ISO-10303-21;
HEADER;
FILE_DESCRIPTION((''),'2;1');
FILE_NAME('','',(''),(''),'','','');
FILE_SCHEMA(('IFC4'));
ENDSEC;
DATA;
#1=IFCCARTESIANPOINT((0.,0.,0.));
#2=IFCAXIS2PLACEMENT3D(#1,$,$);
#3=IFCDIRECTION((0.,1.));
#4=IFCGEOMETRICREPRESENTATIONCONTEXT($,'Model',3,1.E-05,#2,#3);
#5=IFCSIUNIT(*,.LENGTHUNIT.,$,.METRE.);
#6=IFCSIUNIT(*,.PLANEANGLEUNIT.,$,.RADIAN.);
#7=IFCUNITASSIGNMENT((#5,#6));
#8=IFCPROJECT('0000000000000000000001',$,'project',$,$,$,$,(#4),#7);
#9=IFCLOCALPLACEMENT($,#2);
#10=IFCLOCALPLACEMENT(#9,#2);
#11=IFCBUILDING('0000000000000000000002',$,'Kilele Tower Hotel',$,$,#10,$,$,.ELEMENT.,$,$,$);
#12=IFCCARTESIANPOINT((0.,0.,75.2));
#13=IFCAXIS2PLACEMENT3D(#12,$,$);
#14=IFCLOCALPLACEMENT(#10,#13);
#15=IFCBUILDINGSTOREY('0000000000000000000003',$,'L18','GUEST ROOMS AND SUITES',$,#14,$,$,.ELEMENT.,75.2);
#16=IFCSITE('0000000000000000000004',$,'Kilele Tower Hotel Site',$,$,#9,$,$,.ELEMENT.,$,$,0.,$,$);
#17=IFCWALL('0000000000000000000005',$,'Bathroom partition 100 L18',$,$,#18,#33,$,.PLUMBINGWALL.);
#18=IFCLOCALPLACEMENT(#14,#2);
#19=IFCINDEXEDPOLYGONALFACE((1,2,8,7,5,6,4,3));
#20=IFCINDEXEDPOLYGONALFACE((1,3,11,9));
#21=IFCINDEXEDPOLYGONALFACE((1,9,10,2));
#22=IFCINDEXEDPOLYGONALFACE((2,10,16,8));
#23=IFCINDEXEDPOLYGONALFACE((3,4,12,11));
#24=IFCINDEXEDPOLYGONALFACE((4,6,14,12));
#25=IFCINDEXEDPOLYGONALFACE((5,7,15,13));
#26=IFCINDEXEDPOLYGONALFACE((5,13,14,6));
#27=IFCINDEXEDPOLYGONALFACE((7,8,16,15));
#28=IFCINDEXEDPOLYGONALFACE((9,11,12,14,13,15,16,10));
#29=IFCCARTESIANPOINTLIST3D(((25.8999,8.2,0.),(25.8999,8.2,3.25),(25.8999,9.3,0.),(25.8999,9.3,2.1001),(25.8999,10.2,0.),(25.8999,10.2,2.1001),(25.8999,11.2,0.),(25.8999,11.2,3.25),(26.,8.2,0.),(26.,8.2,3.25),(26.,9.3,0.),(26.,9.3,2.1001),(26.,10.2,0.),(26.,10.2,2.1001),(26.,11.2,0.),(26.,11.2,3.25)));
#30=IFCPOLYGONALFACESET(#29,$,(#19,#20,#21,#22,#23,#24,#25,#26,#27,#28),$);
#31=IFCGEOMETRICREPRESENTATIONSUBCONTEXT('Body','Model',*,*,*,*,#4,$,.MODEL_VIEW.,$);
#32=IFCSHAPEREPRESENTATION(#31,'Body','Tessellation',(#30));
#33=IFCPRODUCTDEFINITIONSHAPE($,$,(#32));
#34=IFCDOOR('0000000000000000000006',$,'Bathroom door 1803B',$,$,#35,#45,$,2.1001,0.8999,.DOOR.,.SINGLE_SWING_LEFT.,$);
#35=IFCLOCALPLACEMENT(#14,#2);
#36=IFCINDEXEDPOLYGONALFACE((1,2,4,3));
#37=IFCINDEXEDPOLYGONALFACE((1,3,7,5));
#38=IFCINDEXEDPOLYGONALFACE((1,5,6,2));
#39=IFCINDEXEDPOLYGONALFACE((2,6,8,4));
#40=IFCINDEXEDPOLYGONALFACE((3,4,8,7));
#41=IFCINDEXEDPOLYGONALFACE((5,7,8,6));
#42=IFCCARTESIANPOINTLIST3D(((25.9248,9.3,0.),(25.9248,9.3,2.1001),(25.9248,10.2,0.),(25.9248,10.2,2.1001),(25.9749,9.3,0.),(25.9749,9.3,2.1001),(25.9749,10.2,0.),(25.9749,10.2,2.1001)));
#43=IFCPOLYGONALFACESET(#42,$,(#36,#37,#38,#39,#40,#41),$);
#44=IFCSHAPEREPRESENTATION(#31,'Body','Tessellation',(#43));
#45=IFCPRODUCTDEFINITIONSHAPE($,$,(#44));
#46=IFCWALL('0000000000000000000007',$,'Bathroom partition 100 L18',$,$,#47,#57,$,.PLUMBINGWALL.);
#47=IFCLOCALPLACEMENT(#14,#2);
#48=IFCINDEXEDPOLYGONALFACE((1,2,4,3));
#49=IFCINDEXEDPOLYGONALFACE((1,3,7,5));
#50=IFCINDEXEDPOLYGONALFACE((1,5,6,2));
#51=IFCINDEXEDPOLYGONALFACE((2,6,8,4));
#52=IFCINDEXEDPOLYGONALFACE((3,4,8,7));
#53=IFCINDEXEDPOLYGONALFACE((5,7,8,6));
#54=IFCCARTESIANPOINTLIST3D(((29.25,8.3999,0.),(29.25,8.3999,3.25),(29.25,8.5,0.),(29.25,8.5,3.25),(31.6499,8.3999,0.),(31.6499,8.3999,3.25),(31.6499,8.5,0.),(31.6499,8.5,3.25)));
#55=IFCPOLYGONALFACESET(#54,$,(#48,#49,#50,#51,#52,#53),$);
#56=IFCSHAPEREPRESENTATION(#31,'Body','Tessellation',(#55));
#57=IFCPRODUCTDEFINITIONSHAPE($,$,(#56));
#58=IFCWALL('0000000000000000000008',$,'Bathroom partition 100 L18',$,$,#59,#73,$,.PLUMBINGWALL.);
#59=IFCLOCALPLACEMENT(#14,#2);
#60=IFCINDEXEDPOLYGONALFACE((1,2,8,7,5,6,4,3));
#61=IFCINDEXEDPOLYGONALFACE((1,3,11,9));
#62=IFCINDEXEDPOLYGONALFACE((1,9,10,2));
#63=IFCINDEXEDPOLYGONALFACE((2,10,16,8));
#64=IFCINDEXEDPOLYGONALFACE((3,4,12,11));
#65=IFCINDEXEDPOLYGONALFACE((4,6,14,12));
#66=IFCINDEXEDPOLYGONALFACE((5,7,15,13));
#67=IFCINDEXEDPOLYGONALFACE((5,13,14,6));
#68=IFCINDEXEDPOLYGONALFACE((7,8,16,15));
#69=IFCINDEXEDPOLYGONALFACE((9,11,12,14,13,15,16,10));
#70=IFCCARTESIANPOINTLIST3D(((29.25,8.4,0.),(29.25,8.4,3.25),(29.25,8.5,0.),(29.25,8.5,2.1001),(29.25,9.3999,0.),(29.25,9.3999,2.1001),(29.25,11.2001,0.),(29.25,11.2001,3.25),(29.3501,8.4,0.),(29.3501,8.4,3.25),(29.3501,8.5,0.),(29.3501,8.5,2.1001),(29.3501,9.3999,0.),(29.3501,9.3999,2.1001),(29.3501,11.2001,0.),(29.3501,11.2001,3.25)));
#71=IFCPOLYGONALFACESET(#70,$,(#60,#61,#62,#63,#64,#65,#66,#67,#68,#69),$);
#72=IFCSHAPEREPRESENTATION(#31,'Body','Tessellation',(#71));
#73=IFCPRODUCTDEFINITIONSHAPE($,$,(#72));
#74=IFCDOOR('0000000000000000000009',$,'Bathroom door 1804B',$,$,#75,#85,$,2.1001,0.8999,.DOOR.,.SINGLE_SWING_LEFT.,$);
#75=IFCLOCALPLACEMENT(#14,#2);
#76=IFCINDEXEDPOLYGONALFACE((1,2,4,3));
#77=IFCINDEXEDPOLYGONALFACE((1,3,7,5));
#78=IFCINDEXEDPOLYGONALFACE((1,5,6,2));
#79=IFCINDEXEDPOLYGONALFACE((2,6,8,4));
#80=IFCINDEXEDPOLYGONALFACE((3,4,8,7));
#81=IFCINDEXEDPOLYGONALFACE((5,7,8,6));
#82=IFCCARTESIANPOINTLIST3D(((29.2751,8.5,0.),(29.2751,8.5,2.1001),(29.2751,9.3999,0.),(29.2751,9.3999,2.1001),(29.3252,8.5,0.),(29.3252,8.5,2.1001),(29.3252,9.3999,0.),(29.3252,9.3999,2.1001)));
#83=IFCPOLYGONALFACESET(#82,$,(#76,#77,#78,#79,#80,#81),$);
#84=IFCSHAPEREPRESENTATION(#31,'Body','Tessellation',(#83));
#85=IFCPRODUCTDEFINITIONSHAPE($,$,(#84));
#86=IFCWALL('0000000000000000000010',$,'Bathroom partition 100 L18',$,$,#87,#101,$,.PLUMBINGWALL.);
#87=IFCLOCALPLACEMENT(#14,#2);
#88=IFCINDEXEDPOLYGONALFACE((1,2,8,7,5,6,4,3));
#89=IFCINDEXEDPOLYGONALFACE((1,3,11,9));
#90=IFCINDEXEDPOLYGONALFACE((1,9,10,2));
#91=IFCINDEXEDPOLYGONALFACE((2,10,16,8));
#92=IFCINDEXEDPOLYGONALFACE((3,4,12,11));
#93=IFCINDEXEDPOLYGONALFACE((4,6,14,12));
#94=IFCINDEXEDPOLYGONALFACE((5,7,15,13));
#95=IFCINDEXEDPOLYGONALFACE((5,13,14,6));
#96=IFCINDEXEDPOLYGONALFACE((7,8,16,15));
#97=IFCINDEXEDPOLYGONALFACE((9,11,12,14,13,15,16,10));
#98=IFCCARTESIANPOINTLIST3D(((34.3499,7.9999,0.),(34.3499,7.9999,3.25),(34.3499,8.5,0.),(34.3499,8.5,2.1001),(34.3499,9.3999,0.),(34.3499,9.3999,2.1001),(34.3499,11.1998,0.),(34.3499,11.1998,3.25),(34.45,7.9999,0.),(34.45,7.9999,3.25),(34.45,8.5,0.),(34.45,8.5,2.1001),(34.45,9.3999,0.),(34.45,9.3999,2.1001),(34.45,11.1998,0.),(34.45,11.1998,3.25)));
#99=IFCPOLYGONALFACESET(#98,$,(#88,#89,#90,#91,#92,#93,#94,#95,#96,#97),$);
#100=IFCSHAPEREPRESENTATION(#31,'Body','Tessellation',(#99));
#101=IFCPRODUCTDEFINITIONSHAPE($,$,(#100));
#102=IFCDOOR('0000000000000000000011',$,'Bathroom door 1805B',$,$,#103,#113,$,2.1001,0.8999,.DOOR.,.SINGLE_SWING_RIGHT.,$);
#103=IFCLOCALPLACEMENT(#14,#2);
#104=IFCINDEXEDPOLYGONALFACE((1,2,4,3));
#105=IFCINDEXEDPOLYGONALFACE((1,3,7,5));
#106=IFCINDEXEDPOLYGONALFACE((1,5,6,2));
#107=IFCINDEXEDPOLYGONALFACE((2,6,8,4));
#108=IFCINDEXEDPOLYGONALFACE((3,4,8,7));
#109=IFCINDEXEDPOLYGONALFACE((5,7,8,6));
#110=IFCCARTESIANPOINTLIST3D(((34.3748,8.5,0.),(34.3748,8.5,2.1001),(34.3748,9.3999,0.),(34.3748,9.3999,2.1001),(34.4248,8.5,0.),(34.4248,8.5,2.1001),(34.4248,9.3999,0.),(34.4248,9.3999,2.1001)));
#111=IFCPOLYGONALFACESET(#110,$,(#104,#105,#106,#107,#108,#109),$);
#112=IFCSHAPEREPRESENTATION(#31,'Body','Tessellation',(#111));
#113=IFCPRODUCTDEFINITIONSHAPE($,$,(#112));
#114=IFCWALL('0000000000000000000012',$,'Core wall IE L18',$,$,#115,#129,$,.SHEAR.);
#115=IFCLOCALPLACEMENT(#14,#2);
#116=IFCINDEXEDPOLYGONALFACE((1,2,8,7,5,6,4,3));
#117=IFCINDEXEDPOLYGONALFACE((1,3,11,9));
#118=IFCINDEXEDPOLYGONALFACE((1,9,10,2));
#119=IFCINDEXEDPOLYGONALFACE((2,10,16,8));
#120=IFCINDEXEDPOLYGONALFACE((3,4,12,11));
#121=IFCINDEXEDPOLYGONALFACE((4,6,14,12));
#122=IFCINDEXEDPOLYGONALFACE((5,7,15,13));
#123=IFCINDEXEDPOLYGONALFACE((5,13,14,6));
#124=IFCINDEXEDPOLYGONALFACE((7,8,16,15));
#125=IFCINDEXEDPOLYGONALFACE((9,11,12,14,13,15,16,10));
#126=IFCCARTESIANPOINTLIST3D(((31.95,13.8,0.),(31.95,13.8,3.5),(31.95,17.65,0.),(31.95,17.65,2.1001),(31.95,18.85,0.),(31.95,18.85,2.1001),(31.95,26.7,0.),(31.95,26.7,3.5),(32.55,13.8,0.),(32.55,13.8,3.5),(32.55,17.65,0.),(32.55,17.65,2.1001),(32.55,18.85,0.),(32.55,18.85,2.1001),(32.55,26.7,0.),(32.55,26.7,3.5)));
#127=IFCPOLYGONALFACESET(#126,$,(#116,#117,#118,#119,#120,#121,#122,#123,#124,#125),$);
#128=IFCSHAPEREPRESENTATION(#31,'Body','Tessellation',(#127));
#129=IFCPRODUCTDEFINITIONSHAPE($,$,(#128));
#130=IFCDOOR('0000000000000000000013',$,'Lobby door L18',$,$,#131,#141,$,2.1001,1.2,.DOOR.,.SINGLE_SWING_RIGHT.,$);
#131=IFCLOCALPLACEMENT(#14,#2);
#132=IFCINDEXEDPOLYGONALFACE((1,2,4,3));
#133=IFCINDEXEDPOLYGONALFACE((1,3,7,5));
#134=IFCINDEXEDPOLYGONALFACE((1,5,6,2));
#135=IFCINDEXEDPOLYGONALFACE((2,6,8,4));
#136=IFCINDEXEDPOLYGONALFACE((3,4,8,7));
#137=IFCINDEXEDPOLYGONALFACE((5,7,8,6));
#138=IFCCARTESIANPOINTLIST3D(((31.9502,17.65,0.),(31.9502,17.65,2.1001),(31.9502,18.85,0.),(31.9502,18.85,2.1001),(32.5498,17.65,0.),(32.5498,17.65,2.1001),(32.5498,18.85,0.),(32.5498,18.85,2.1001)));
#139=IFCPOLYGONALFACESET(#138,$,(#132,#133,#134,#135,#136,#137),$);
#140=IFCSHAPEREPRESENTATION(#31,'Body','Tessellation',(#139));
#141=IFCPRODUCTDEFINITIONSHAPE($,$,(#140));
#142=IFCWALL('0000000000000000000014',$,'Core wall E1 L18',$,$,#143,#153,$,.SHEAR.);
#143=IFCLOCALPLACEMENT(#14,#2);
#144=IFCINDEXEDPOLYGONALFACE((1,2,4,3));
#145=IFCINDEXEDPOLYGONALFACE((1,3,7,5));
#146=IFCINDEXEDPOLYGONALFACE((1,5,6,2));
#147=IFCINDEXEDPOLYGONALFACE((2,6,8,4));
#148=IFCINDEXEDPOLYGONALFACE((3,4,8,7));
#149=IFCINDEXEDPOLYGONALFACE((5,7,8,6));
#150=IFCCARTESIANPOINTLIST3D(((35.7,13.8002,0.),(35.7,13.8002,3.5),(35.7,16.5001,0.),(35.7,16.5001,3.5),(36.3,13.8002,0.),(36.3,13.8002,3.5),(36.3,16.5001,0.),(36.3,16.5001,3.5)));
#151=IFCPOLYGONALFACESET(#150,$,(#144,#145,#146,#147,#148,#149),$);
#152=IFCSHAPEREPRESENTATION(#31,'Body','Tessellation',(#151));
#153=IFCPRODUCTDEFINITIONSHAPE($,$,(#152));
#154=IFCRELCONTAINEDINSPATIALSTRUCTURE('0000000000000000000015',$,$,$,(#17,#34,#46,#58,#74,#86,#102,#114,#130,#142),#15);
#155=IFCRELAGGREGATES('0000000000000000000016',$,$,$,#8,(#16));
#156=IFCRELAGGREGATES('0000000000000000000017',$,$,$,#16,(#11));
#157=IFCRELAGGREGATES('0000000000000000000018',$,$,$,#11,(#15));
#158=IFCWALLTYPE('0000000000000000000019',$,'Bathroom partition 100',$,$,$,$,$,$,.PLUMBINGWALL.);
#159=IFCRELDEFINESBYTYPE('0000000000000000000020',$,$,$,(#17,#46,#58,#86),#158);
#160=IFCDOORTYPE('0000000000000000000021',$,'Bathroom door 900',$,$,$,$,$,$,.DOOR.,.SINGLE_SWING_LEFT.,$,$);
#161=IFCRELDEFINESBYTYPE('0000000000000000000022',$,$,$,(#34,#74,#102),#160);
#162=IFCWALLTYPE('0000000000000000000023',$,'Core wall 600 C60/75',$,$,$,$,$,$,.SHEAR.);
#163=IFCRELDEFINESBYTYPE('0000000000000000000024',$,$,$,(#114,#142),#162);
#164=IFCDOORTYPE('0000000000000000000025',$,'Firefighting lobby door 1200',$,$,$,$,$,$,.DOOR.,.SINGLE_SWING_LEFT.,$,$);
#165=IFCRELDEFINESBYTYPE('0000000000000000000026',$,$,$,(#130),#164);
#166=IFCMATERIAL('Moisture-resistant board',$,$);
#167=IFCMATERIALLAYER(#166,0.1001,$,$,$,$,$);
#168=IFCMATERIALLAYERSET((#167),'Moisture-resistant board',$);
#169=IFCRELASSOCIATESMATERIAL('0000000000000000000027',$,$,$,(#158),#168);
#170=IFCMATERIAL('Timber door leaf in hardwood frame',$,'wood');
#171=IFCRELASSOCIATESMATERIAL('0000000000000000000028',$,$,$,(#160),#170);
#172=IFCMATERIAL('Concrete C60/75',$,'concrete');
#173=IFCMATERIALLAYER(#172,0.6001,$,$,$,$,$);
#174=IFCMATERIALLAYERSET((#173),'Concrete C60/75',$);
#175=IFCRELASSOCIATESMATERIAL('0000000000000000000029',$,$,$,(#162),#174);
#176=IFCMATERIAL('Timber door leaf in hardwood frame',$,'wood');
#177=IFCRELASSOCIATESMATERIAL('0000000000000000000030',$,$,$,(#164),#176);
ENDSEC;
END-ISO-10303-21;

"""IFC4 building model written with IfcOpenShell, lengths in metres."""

from ifc_helpers import new_model, si_unit, direction, frame, frame_2d, origin, place, context, subcontext, project, spatial, rectangle, extrude, material, layer, layer_set, type_object, element, fill, save


model = new_model("IFC4")

# Units and contexts
model_context = context("Model", 3, precision=1e-05, world=origin(), true_north=direction((0.0, 1.0)))
body_context = subcontext(model_context, "Body", "Model", "MODEL_VIEW")
ifc_project = project(units=[si_unit("LENGTHUNIT", "METRE"), si_unit("PLANEANGLEUNIT", "RADIAN")], contexts=[model_context])

# Site, building, storey
site_placement = place(None, origin())
site = spatial("IfcSite", under=ifc_project, at=site_placement, Name="Kilele Tower Hotel Site", CompositionType="ELEMENT", RefElevation=0.0)
building_placement = place(site_placement, origin())
building = spatial("IfcBuilding", under=site, at=building_placement, Name="Kilele Tower Hotel", CompositionType="ELEMENT")
storey_placement = place(building_placement, frame((0.0, 0.0, 75.2)))
storey = spatial("IfcBuildingStorey", under=building, at=storey_placement, Name="L18", Description="GUEST ROOMS AND SUITES", CompositionType="ELEMENT", Elevation=75.2)

# Wall, opening, door
ifc_material_1 = material(Name="Moisture-resistant board")
ifc_layer_1 = layer(ifc_material_1, 0.1001)
ifc_layer_set_1 = layer_set([ifc_layer_1], Name="Moisture-resistant board")
wall_type_1 = type_object("IfcWallType", Name="Bathroom partition 100", PredefinedType="PLUMBINGWALL", material=ifc_layer_set_1)
wall_1_placement = place(storey_placement, frame((25.95, 11.2, 0.0), z_axis=(0.0, 0.0, 1.0), x_axis=(0.0, -1.0, 0.0)))
wall_1 = element("IfcWall", 1, at=wall_1_placement, inside=storey, type_object=wall_type_1, Name="Bathroom partition 100 L18", PredefinedType="PLUMBINGWALL", context=body_context, shape_type="SweptSolid", body=[
    extrude(rectangle(XDim=3.0, YDim=0.1001, at=frame_2d((1.5, 0.0))), origin(), (0.0, 0.0, 1.0), 3.25),
])
opening_1_placement = place(wall_1_placement, frame((1.0, 0.0, 0.0)))
opening_1 = element("IfcOpeningElement", 2, at=opening_1_placement, cuts=wall_1, PredefinedType="OPENING", context=body_context, shape_type="SweptSolid", body=[
    extrude(rectangle(XDim=0.8999, YDim=2.1001, at=frame_2d((0.45, 1.05))), frame((0.0, 0.0601, 0.0), z_axis=(0.0, -1.0, 0.0), x_axis=(1.0, 0.0, 0.0)), (0.0, 0.0, 1.0), 0.1201),
])
ifc_material_2 = material(Name="Timber door leaf in hardwood frame", Category="wood")
door_type_1 = type_object("IfcDoorType", Name="Bathroom door 900", OperationType="SINGLE_SWING_LEFT", PredefinedType="DOOR", material=ifc_material_2)
door_1_placement = place(opening_1_placement, origin())
door_1 = element("IfcDoor", 3, at=door_1_placement, inside=storey, type_object=door_type_1, Name="Bathroom door 1803B", OperationType="SINGLE_SWING_LEFT", OverallHeight=2.1001, OverallWidth=0.8999, PredefinedType="DOOR", context=body_context, shape_type="SweptSolid", body=[
    extrude(rectangle(XDim=0.8999, YDim=2.1001, at=frame_2d((0.45, 1.05))), frame((0.0, 0.0249, 0.0), z_axis=(0.0, -1.0, 0.0), x_axis=(1.0, 0.0, 0.0)), (0.0, 0.0, 1.0), 0.05),
])
fill(opening_1, door_1)

# Wall
wall_2_placement = place(storey_placement, frame((29.25, 8.45, 0.0), z_axis=(0.0, 0.0, 1.0), x_axis=(1.0, 0.0, 0.0)))
element("IfcWall", 4, at=wall_2_placement, inside=storey, type_object=wall_type_1, Name="Bathroom partition 100 L18", PredefinedType="PLUMBINGWALL", context=body_context, shape_type="SweptSolid", body=[
    extrude(rectangle(XDim=2.3999, YDim=0.1001, at=frame_2d((1.2, 0.0))), origin(), (0.0, 0.0, 1.0), 3.25),
])

# Walls, openings, doors
wall_3_placement = place(storey_placement, frame((29.3, 11.2, 0.0), z_axis=(0.0, 0.0, 1.0), x_axis=(0.0, -1.0, 0.0)))
wall_3 = element("IfcWall", 5, at=wall_3_placement, inside=storey, type_object=wall_type_1, Name="Bathroom partition 100 L18", PredefinedType="PLUMBINGWALL", context=body_context, shape_type="SweptSolid", body=[
    extrude(rectangle(XDim=2.8, YDim=0.1001, at=frame_2d((1.3999, 0.0))), origin(), (0.0, 0.0, 1.0), 3.25),
])
opening_2_placement = place(wall_3_placement, frame((2.7, 0.0, 0.0), z_axis=(0.0, 0.0, 1.0), x_axis=(-1.0, 0.0, 0.0)))
opening_2 = element("IfcOpeningElement", 6, at=opening_2_placement, cuts=wall_3, PredefinedType="OPENING", context=body_context, shape_type="SweptSolid", body=[
    extrude(rectangle(XDim=0.8999, YDim=2.1001, at=frame_2d((0.45, 1.05))), frame((0.0, 0.0601, 0.0), z_axis=(0.0, -1.0, 0.0), x_axis=(1.0, 0.0, 0.0)), (0.0, 0.0, 1.0), 0.1201),
])
door_2_placement = place(opening_2_placement, origin())
door_2 = element("IfcDoor", 7, at=door_2_placement, inside=storey, type_object=door_type_1, Name="Bathroom door 1804B", OperationType="SINGLE_SWING_LEFT", OverallHeight=2.1001, OverallWidth=0.8999, PredefinedType="DOOR", context=body_context, shape_type="SweptSolid", body=[
    extrude(rectangle(XDim=0.8999, YDim=2.1001, at=frame_2d((0.45, 1.05))), frame((0.0, 0.0249, 0.0), z_axis=(0.0, -1.0, 0.0), x_axis=(1.0, 0.0, 0.0)), (0.0, 0.0, 1.0), 0.05),
])
fill(opening_2, door_2)
wall_4_placement = place(storey_placement, frame((34.3999, 11.2, 0.0), z_axis=(0.0, 0.0, 1.0), x_axis=(0.0, -1.0, 0.0)))
wall_4 = element("IfcWall", 8, at=wall_4_placement, inside=storey, type_object=wall_type_1, Name="Bathroom partition 100 L18", PredefinedType="PLUMBINGWALL", context=body_context, shape_type="SweptSolid", body=[
    extrude(rectangle(XDim=3.2, YDim=0.1001, at=frame_2d((1.6001, 0.0))), origin(), (0.0, 0.0, 1.0), 3.25),
])
opening_3_placement = place(wall_4_placement, frame((1.8, 0.0, 0.0)))
opening_3 = element("IfcOpeningElement", 9, at=opening_3_placement, cuts=wall_4, PredefinedType="OPENING", context=body_context, shape_type="SweptSolid", body=[
    extrude(rectangle(XDim=0.8999, YDim=2.1001, at=frame_2d((0.45, 1.05))), frame((0.0, 0.0601, 0.0), z_axis=(0.0, -1.0, 0.0), x_axis=(1.0, 0.0, 0.0)), (0.0, 0.0, 1.0), 0.1201),
])
door_3_placement = place(opening_3_placement, origin())
door_3 = element("IfcDoor", 10, at=door_3_placement, inside=storey, type_object=door_type_1, Name="Bathroom door 1805B", OperationType="SINGLE_SWING_RIGHT", OverallHeight=2.1001, OverallWidth=0.8999, PredefinedType="DOOR", context=body_context, shape_type="SweptSolid", body=[
    extrude(rectangle(XDim=0.8999, YDim=2.1001, at=frame_2d((0.45, 1.05))), frame((0.0, 0.0249, 0.0), z_axis=(0.0, -1.0, 0.0), x_axis=(1.0, 0.0, 0.0)), (0.0, 0.0, 1.0), 0.05),
])
fill(opening_3, door_3)
ifc_material_3 = material(Name="Concrete C60/75", Category="concrete")
ifc_layer_2 = layer(ifc_material_3, 0.6001)
ifc_layer_set_2 = layer_set([ifc_layer_2], Name="Concrete C60/75")
wall_type_2 = type_object("IfcWallType", Name="Core wall 600 C60/75", PredefinedType="SHEAR", material=ifc_layer_set_2)
wall_5_placement = place(storey_placement, frame((32.25, 13.8, 0.0), z_axis=(0.0, 0.0, 1.0), x_axis=(0.0, 1.0, 0.0)))
wall_5 = element("IfcWall", 11, at=wall_5_placement, inside=storey, type_object=wall_type_2, Name="Core wall IE L18", PredefinedType="SHEAR", context=body_context, shape_type="SweptSolid", body=[
    extrude(rectangle(XDim=12.8999, YDim=0.6001, at=frame_2d((6.45, 0.0))), origin(), (0.0, 0.0, 1.0), 3.5),
])
opening_4_placement = place(wall_5_placement, frame((5.05, 0.0, 0.0), z_axis=(0.0, 0.0, 1.0), x_axis=(-1.0, 0.0, 0.0)))
opening_4 = element("IfcOpeningElement", 12, at=opening_4_placement, cuts=wall_5, PredefinedType="OPENING", context=body_context, shape_type="SweptSolid", body=[
    extrude(rectangle(XDim=1.2, YDim=2.1001, at=frame_2d((0.6001, 1.05))), frame((0.0, 0.3101, 0.0), z_axis=(0.0, -1.0, 0.0), x_axis=(1.0, 0.0, 0.0)), (0.0, 0.0, 1.0), 0.6201),
])
ifc_material_4 = material(Name="Timber door leaf in hardwood frame", Category="wood")
door_type_2 = type_object("IfcDoorType", Name="Firefighting lobby door 1200", OperationType="SINGLE_SWING_LEFT", PredefinedType="DOOR", material=ifc_material_4)
door_4_placement = place(opening_4_placement, origin())
door_4 = element("IfcDoor", 13, at=door_4_placement, inside=storey, type_object=door_type_2, Name="Lobby door L18", OperationType="SINGLE_SWING_RIGHT", OverallHeight=2.1001, OverallWidth=1.2, PredefinedType="DOOR", context=body_context, shape_type="SweptSolid", body=[
    extrude(rectangle(XDim=1.2, YDim=2.1001, at=frame_2d((0.6001, 1.05))), frame((0.0, 0.2998, 0.0), z_axis=(0.0, -1.0, 0.0), x_axis=(1.0, 0.0, 0.0)), (0.0, 0.0, 1.0), 0.5996),
])
fill(opening_4, door_4)

# Wall
wall_6_placement = place(storey_placement, frame((36.0, 13.8, 0.0), z_axis=(0.0, 0.0, 1.0), x_axis=(0.0, 1.0, 0.0)))
element("IfcWall", 14, at=wall_6_placement, inside=storey, type_object=wall_type_2, Name="Core wall E1 L18", PredefinedType="SHEAR", context=body_context, shape_type="SweptSolid", body=[
    extrude(rectangle(XDim=2.7, YDim=0.6001, at=frame_2d((1.3501, 0.0))), origin(), (0.0, 0.0, 1.0), 3.5),
])

save(model, "model.ifc")
